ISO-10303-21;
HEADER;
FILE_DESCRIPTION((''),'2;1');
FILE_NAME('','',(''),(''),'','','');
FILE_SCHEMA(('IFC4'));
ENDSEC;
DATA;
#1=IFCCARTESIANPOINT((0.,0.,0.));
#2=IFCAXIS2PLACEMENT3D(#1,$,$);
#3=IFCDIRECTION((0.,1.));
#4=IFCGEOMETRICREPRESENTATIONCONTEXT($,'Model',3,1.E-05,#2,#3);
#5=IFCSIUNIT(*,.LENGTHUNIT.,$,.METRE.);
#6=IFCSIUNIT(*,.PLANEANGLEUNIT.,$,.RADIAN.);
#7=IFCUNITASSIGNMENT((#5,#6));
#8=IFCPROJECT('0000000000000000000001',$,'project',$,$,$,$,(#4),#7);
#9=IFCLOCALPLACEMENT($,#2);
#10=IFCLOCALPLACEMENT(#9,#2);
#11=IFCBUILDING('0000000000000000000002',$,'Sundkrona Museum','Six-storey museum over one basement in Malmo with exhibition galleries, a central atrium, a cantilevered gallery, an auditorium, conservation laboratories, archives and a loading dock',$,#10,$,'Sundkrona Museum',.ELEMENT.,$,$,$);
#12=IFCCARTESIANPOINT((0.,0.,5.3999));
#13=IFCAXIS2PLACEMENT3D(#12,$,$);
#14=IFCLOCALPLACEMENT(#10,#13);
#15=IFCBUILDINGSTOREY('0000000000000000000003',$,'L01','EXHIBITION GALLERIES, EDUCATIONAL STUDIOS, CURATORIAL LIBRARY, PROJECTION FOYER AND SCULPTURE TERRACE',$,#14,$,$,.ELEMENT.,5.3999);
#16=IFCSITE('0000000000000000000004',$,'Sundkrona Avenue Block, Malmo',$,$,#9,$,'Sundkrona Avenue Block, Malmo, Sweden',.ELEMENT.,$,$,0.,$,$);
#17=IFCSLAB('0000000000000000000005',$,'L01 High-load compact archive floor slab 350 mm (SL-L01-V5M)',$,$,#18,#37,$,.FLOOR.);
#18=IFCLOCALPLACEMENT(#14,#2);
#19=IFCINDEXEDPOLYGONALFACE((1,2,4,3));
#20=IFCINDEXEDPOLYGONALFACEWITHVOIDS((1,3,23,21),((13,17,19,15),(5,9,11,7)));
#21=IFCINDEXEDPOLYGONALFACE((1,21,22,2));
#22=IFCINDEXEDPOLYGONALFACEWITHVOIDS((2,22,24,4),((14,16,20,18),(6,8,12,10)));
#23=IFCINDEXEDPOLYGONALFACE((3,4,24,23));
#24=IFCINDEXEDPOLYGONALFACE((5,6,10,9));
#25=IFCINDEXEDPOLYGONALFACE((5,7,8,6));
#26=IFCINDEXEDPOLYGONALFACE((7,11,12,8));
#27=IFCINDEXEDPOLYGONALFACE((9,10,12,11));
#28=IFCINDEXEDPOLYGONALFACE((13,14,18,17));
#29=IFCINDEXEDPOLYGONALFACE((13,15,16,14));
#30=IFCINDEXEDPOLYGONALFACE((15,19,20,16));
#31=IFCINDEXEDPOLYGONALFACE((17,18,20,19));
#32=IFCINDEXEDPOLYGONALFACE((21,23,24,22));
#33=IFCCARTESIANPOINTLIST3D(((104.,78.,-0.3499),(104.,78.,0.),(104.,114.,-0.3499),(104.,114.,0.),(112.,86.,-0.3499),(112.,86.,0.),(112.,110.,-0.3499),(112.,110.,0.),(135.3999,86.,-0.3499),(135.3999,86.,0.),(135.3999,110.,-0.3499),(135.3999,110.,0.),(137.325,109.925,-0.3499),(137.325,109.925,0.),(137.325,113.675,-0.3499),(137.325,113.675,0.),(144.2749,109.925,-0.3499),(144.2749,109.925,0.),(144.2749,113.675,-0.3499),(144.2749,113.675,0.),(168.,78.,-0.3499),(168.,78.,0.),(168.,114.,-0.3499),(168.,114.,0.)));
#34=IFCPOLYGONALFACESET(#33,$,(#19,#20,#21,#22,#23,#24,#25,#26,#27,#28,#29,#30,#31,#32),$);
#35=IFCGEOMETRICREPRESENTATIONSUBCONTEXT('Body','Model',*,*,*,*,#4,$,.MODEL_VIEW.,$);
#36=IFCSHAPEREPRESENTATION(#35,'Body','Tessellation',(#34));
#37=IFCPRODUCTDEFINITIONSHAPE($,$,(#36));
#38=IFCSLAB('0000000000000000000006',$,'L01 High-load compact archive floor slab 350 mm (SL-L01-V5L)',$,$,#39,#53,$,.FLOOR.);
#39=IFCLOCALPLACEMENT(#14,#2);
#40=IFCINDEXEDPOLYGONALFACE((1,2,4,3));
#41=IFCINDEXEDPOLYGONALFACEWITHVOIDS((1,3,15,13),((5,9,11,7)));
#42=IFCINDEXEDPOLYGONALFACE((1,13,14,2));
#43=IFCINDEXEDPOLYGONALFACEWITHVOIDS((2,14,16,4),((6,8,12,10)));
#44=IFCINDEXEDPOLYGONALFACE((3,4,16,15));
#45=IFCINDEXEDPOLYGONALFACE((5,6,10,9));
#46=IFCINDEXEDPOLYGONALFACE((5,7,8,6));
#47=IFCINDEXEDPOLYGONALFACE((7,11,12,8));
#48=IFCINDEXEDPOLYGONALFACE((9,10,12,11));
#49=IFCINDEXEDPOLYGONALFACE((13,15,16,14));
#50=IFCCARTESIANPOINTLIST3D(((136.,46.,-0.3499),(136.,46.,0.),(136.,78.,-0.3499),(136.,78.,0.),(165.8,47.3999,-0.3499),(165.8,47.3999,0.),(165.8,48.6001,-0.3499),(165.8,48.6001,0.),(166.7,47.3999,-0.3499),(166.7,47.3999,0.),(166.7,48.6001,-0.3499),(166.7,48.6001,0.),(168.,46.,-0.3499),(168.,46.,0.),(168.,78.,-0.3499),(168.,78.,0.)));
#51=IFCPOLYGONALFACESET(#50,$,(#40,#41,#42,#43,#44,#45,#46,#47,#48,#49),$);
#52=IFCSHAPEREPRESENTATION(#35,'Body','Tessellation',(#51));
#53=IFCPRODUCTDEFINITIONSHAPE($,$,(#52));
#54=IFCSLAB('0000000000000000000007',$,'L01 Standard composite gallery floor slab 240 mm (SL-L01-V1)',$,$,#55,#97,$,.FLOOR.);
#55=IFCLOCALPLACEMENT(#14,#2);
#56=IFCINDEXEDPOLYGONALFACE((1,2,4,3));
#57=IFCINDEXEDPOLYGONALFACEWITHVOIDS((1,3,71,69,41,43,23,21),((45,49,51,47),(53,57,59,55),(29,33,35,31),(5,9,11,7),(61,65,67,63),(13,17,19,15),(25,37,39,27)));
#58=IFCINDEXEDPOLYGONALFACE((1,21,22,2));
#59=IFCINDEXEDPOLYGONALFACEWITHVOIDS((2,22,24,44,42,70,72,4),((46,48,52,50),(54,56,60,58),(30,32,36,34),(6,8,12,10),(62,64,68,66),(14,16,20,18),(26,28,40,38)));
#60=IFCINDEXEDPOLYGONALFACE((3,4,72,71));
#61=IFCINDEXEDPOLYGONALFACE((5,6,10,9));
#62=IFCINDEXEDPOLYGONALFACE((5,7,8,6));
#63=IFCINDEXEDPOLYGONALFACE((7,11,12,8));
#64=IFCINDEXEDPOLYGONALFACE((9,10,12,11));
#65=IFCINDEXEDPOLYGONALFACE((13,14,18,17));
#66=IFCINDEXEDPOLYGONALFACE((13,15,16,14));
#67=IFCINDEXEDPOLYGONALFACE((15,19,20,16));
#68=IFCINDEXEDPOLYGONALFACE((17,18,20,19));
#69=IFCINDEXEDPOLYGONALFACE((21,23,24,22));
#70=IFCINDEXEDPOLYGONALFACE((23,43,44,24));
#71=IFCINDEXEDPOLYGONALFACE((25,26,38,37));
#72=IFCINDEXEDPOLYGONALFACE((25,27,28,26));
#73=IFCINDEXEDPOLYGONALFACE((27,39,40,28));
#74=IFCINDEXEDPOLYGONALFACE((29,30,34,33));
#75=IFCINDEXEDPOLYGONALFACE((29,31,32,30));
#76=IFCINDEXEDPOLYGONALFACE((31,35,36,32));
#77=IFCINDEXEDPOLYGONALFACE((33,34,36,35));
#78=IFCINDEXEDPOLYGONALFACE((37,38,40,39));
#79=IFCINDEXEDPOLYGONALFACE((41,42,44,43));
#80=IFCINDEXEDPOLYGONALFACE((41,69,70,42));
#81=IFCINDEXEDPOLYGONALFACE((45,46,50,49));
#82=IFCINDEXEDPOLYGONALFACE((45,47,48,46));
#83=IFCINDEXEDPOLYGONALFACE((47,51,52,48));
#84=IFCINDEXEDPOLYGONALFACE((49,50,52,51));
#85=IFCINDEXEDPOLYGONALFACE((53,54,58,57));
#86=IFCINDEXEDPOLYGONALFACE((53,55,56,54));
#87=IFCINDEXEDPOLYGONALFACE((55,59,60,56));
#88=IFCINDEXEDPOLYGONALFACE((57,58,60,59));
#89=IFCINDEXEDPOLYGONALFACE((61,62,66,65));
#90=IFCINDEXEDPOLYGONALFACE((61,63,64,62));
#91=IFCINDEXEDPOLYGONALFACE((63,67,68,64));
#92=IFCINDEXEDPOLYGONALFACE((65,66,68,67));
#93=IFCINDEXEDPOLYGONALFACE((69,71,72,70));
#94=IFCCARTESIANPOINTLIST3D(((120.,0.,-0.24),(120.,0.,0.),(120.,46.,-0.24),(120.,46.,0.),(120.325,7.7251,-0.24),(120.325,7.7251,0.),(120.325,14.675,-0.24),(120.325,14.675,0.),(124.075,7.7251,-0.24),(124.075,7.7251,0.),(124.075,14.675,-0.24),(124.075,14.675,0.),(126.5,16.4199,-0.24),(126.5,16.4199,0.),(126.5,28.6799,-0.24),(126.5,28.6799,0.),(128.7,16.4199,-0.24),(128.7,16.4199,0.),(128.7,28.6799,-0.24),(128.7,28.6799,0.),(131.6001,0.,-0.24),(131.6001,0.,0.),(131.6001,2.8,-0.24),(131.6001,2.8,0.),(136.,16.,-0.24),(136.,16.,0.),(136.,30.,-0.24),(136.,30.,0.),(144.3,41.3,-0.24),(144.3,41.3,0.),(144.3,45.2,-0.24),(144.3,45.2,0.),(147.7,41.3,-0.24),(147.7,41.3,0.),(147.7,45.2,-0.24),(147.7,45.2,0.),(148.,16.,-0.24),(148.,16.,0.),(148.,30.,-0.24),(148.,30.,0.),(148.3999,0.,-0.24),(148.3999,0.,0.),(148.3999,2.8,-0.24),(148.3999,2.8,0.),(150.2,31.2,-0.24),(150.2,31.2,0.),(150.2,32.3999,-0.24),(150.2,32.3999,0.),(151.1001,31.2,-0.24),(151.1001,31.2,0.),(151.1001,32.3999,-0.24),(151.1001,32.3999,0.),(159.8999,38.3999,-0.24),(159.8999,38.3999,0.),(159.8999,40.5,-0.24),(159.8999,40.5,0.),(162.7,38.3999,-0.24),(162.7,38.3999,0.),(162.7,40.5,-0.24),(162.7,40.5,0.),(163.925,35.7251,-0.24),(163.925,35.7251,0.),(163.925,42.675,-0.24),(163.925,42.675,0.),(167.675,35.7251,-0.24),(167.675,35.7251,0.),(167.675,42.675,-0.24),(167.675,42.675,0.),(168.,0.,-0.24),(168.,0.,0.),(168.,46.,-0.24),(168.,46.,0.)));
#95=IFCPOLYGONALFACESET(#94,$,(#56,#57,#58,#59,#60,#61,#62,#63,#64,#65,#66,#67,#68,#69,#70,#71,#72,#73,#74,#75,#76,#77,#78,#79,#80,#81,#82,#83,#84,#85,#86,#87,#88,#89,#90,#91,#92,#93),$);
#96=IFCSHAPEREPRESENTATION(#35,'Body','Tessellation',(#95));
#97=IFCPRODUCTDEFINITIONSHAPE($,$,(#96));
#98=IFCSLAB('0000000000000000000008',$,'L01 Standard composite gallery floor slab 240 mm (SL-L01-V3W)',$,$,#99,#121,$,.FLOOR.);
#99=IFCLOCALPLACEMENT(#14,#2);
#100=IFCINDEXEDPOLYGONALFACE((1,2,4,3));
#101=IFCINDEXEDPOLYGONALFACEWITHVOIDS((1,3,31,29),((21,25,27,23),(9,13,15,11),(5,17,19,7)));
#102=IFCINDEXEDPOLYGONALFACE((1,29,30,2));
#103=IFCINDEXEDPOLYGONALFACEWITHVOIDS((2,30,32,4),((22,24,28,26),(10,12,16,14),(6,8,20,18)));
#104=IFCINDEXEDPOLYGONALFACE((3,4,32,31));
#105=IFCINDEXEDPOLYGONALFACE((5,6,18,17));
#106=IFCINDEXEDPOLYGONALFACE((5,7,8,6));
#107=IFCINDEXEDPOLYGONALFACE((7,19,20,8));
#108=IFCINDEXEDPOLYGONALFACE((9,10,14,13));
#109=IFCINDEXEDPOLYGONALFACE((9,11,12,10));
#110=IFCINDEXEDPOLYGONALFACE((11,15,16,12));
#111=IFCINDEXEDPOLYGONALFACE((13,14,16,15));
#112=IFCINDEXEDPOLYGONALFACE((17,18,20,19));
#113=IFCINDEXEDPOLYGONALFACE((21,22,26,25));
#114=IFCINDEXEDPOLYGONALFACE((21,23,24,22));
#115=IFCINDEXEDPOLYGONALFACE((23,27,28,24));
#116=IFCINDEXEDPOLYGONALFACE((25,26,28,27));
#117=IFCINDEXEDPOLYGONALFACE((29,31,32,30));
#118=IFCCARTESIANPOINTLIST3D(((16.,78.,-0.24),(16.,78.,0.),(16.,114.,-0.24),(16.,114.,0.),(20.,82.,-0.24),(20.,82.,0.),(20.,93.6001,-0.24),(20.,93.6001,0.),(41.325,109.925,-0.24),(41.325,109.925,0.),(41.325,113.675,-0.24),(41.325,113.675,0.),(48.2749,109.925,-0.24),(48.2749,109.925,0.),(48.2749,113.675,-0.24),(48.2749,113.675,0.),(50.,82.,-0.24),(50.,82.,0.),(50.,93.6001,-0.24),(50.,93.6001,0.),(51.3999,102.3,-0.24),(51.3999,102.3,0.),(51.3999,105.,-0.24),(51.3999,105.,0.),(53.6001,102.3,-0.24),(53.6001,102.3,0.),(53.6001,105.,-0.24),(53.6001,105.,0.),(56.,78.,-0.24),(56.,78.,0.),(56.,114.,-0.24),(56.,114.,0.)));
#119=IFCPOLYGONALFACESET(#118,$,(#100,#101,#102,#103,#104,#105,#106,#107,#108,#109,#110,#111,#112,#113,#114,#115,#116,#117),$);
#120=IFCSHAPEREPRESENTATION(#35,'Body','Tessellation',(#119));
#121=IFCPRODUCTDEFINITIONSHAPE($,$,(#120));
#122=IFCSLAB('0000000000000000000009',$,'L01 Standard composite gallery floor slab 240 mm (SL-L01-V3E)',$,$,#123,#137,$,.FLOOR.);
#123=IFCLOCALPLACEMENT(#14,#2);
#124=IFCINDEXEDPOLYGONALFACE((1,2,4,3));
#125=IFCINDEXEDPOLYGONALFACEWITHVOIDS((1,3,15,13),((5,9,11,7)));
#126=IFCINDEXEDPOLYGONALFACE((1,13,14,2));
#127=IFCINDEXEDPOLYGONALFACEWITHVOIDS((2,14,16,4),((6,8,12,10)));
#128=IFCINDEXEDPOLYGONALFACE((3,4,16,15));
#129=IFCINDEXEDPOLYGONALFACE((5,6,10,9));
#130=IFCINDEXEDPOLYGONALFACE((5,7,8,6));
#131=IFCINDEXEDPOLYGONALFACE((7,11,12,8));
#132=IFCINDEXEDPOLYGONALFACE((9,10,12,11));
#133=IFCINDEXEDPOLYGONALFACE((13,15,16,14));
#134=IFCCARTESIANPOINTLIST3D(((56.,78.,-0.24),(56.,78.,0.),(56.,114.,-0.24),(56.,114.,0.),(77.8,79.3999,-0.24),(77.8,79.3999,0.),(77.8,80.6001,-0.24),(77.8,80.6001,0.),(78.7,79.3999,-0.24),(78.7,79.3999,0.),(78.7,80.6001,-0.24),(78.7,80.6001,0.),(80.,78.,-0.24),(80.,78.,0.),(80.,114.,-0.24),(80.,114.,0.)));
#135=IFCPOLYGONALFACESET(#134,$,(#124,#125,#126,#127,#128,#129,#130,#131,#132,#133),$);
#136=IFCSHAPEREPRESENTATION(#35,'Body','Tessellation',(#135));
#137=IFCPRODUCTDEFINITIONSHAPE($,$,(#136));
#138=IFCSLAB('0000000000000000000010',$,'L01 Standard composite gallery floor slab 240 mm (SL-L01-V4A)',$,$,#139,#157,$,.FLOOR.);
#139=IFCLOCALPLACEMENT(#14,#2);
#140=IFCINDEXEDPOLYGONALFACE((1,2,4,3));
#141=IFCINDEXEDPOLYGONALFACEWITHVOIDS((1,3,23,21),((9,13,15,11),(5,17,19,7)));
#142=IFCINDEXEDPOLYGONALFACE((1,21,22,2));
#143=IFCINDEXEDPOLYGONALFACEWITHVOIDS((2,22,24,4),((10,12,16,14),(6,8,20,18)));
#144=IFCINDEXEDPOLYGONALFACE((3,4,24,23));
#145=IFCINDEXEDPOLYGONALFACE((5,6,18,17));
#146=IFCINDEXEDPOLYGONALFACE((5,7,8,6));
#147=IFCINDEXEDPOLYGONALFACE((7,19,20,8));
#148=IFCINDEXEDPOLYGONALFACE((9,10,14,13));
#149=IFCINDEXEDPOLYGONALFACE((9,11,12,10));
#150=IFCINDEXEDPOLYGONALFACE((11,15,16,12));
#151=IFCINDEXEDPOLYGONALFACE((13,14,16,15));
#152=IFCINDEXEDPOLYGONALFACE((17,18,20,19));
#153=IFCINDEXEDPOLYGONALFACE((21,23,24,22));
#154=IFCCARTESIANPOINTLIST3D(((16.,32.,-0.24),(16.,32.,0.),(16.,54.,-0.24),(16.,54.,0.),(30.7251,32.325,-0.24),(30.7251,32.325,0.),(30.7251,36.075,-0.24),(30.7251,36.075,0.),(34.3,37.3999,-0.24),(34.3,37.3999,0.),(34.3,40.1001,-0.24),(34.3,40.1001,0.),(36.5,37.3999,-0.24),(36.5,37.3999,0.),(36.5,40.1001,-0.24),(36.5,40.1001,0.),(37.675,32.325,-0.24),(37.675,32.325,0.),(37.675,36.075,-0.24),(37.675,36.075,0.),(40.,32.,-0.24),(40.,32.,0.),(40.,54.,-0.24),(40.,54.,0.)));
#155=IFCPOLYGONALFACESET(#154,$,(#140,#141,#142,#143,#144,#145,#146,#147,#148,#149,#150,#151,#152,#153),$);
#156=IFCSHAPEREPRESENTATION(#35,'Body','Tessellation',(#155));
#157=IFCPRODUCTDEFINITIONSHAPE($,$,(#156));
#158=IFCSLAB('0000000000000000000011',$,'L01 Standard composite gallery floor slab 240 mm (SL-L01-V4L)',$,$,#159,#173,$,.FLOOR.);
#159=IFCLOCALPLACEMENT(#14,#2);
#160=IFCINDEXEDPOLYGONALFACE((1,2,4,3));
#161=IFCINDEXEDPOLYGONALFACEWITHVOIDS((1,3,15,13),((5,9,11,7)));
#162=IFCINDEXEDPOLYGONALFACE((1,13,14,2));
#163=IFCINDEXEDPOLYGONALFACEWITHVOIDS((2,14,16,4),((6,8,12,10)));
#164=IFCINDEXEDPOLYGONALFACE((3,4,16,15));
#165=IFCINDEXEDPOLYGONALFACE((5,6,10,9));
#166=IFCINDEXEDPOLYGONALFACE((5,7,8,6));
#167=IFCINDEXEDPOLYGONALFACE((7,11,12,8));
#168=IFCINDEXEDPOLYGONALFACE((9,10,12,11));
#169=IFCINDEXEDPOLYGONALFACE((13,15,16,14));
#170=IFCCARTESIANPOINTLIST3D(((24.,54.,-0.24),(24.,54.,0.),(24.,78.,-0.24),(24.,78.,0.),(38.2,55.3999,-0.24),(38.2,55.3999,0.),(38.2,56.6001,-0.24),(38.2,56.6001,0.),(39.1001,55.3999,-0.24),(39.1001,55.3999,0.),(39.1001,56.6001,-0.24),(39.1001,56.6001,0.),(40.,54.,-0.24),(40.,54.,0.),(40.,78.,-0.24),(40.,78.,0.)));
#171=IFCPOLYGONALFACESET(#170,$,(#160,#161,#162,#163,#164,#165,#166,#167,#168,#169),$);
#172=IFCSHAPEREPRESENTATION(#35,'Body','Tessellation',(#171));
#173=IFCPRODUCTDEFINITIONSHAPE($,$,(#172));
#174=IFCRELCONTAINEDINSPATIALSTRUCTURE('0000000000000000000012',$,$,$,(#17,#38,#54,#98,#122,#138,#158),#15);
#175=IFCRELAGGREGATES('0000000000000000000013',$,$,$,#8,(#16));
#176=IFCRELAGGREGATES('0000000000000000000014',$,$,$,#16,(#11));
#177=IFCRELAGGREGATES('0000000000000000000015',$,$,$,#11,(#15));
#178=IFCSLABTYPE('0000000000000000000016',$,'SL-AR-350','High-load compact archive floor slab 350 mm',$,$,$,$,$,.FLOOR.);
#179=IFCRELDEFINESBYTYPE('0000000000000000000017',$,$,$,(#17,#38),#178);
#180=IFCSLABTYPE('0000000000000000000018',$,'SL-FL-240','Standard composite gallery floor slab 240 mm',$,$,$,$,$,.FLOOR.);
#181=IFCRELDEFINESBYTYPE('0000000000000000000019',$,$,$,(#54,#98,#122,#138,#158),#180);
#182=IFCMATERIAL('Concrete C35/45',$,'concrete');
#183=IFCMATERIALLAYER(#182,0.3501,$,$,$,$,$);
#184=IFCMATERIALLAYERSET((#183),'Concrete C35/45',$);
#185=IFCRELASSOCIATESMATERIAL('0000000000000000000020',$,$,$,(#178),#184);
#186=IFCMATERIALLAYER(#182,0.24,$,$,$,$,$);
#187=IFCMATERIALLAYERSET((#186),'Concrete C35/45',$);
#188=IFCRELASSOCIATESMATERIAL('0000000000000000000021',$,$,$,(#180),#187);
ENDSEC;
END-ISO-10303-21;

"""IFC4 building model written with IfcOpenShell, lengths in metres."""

from ifc_helpers import new_model, si_unit, direction, frame, origin, place, context, subcontext, project, spatial, polyline, outline, extrude, material, layer, layer_set, type_object, element, save


model = new_model("IFC4")

# Units and contexts
model_context = context("Model", 3, precision=1e-05, world=origin(), true_north=direction((0.0, 1.0)))
body_context = subcontext(model_context, "Body", "Model", "MODEL_VIEW")
ifc_project = project(units=[si_unit("LENGTHUNIT", "METRE"), si_unit("PLANEANGLEUNIT", "RADIAN")], contexts=[model_context])

# Site, building, storey
site_placement = place(None, origin())
site = spatial("IfcSite", under=ifc_project, at=site_placement, Name="Sundkrona Avenue Block, Malmo", LongName="Sundkrona Avenue Block, Malmo, Sweden", CompositionType="ELEMENT", RefElevation=0.0)
building_placement = place(site_placement, origin())
building = spatial("IfcBuilding", under=site, at=building_placement, Name="Sundkrona Museum", Description="Six-storey museum over one basement in Malmo with exhibition galleries, a central atrium, a cantilevered gallery, an auditorium, conservation laboratories, archives and a loading dock", LongName="Sundkrona Museum", CompositionType="ELEMENT")
storey_placement = place(building_placement, frame((0.0, 0.0, 5.3999)))
storey = spatial("IfcBuildingStorey", under=building, at=storey_placement, Name="L01", Description="EXHIBITION GALLERIES, EDUCATIONAL STUDIOS, CURATORIAL LIBRARY, PROJECTION FOYER AND SCULPTURE TERRACE", CompositionType="ELEMENT", Elevation=5.3999)

# Slabs
ifc_material_1 = material(Name="Concrete C35/45", Category="concrete")
ifc_layer_1 = layer(ifc_material_1, 0.3501)
ifc_layer_set_1 = layer_set([ifc_layer_1], Name="Concrete C35/45")
slab_type_1 = type_object("IfcSlabType", Name="SL-AR-350", Description="High-load compact archive floor slab 350 mm", PredefinedType="FLOOR", material=ifc_layer_set_1)
slab_1_placement = place(storey_placement, frame((0.0, 0.0, -0.3499)))
element("IfcSlab", 1, at=slab_1_placement, inside=storey, type_object=slab_type_1, Name="L01 High-load compact archive floor slab 350 mm (SL-L01-V5M)", PredefinedType="FLOOR", context=body_context, shape_type="SweptSolid", body=[
    extrude(outline(polyline([(104.0, 78.0), (168.0, 78.0), (168.0, 114.0), (104.0, 114.0), (104.0, 78.0)]), holes=[polyline([(144.2749, 109.925), (137.325, 109.925), (137.325, 113.675), (144.2749, 113.675), (144.2749, 109.925)]), polyline([(112.0, 110.0), (135.3999, 110.0), (135.3999, 86.0), (112.0, 86.0), (112.0, 110.0)])]), origin(), (0.0, 0.0, 1.0), 0.3499),
])
slab_2_placement = place(storey_placement, frame((0.0, 0.0, -0.3499)))
element("IfcSlab", 2, at=slab_2_placement, inside=storey, type_object=slab_type_1, Name="L01 High-load compact archive floor slab 350 mm (SL-L01-V5L)", PredefinedType="FLOOR", context=body_context, shape_type="SweptSolid", body=[
    extrude(outline(polyline([(136.0, 46.0), (168.0, 46.0), (168.0, 78.0), (136.0, 78.0), (136.0, 46.0)]), holes=[polyline([(166.7, 47.3999), (165.8, 47.3999), (165.8, 48.6001), (166.7, 48.6001), (166.7, 47.3999)])]), origin(), (0.0, 0.0, 1.0), 0.3499),
])
ifc_layer_2 = layer(ifc_material_1, 0.24)
ifc_layer_set_2 = layer_set([ifc_layer_2], Name="Concrete C35/45")
slab_type_2 = type_object("IfcSlabType", Name="SL-FL-240", Description="Standard composite gallery floor slab 240 mm", PredefinedType="FLOOR", material=ifc_layer_set_2)
slab_3_placement = place(storey_placement, frame((0.0, 0.0, -0.24)))
element("IfcSlab", 3, at=slab_3_placement, inside=storey, type_object=slab_type_2, Name="L01 Standard composite gallery floor slab 240 mm (SL-L01-V1)", PredefinedType="FLOOR", context=body_context, shape_type="SweptSolid", body=[
    extrude(outline(polyline([(120.0, 0.0), (131.6001, 0.0), (131.6001, 2.8), (148.3999, 2.8), (148.3999, 0.0), (168.0, 0.0), (168.0, 46.0), (120.0, 46.0), (120.0, 0.0)]), holes=[polyline([(163.925, 35.7251), (163.925, 42.675), (167.675, 42.675), (167.675, 35.7251), (163.925, 35.7251)]), polyline([(159.8999, 40.5), (162.7, 40.5), (162.7, 38.3999), (159.8999, 38.3999), (159.8999, 40.5)]), polyline([(150.2, 32.3999), (151.1001, 32.3999), (151.1001, 31.2), (150.2, 31.2), (150.2, 32.3999)]), polyline([(136.0, 30.0), (148.0, 30.0), (148.0, 16.0), (136.0, 16.0), (136.0, 30.0)]), polyline([(144.3, 45.2), (147.7, 45.2), (147.7, 41.3), (144.3, 41.3), (144.3, 45.2)]), polyline([(126.5, 28.6799), (128.7, 28.6799), (128.7, 16.4199), (126.5, 16.4199), (126.5, 28.6799)]), polyline([(124.075, 14.675), (124.075, 7.7251), (120.325, 7.7251), (120.325, 14.675), (124.075, 14.675)])]), origin(), (0.0, 0.0, 1.0), 0.24),
])
slab_4_placement = place(storey_placement, frame((0.0, 0.0, -0.24)))
element("IfcSlab", 4, at=slab_4_placement, inside=storey, type_object=slab_type_2, Name="L01 Standard composite gallery floor slab 240 mm (SL-L01-V3W)", PredefinedType="FLOOR", context=body_context, shape_type="SweptSolid", body=[
    extrude(outline(polyline([(16.0, 78.0), (56.0, 78.0), (56.0, 114.0), (16.0, 114.0), (16.0, 78.0)]), holes=[polyline([(53.6001, 102.3), (51.3999, 102.3), (51.3999, 105.0), (53.6001, 105.0), (53.6001, 102.3)]), polyline([(20.0, 93.6001), (50.0, 93.6001), (50.0, 82.0), (20.0, 82.0), (20.0, 93.6001)]), polyline([(41.325, 113.675), (48.2749, 113.675), (48.2749, 109.925), (41.325, 109.925), (41.325, 113.675)])]), origin(), (0.0, 0.0, 1.0), 0.24),
])
slab_5_placement = place(storey_placement, frame((0.0, 0.0, -0.24)))
element("IfcSlab", 5, at=slab_5_placement, inside=storey, type_object=slab_type_2, Name="L01 Standard composite gallery floor slab 240 mm (SL-L01-V3E)", PredefinedType="FLOOR", context=body_context, shape_type="SweptSolid", body=[
    extrude(outline(polyline([(56.0, 78.0), (80.0, 78.0), (80.0, 114.0), (56.0, 114.0), (56.0, 78.0)]), holes=[polyline([(78.7, 79.3999), (77.8, 79.3999), (77.8, 80.6001), (78.7, 80.6001), (78.7, 79.3999)])]), origin(), (0.0, 0.0, 1.0), 0.24),
])
slab_6_placement = place(storey_placement, frame((0.0, 0.0, -0.24)))
element("IfcSlab", 6, at=slab_6_placement, inside=storey, type_object=slab_type_2, Name="L01 Standard composite gallery floor slab 240 mm (SL-L01-V4A)", PredefinedType="FLOOR", context=body_context, shape_type="SweptSolid", body=[
    extrude(outline(polyline([(16.0, 32.0), (40.0, 32.0), (40.0, 54.0), (16.0, 54.0), (16.0, 32.0)]), holes=[polyline([(30.7251, 36.075), (37.675, 36.075), (37.675, 32.325), (30.7251, 32.325), (30.7251, 36.075)]), polyline([(34.3, 40.1001), (36.5, 40.1001), (36.5, 37.3999), (34.3, 37.3999), (34.3, 40.1001)])]), origin(), (0.0, 0.0, 1.0), 0.24),
])
slab_7_placement = place(storey_placement, frame((0.0, 0.0, -0.24)))
element("IfcSlab", 7, at=slab_7_placement, inside=storey, type_object=slab_type_2, Name="L01 Standard composite gallery floor slab 240 mm (SL-L01-V4L)", PredefinedType="FLOOR", context=body_context, shape_type="SweptSolid", body=[
    extrude(outline(polyline([(24.0, 54.0), (40.0, 54.0), (40.0, 78.0), (24.0, 78.0), (24.0, 54.0)]), holes=[polyline([(39.1001, 55.3999), (38.2, 55.3999), (38.2, 56.6001), (39.1001, 56.6001), (39.1001, 55.3999)])]), origin(), (0.0, 0.0, 1.0), 0.24),
])

save(model, "model.ifc")
